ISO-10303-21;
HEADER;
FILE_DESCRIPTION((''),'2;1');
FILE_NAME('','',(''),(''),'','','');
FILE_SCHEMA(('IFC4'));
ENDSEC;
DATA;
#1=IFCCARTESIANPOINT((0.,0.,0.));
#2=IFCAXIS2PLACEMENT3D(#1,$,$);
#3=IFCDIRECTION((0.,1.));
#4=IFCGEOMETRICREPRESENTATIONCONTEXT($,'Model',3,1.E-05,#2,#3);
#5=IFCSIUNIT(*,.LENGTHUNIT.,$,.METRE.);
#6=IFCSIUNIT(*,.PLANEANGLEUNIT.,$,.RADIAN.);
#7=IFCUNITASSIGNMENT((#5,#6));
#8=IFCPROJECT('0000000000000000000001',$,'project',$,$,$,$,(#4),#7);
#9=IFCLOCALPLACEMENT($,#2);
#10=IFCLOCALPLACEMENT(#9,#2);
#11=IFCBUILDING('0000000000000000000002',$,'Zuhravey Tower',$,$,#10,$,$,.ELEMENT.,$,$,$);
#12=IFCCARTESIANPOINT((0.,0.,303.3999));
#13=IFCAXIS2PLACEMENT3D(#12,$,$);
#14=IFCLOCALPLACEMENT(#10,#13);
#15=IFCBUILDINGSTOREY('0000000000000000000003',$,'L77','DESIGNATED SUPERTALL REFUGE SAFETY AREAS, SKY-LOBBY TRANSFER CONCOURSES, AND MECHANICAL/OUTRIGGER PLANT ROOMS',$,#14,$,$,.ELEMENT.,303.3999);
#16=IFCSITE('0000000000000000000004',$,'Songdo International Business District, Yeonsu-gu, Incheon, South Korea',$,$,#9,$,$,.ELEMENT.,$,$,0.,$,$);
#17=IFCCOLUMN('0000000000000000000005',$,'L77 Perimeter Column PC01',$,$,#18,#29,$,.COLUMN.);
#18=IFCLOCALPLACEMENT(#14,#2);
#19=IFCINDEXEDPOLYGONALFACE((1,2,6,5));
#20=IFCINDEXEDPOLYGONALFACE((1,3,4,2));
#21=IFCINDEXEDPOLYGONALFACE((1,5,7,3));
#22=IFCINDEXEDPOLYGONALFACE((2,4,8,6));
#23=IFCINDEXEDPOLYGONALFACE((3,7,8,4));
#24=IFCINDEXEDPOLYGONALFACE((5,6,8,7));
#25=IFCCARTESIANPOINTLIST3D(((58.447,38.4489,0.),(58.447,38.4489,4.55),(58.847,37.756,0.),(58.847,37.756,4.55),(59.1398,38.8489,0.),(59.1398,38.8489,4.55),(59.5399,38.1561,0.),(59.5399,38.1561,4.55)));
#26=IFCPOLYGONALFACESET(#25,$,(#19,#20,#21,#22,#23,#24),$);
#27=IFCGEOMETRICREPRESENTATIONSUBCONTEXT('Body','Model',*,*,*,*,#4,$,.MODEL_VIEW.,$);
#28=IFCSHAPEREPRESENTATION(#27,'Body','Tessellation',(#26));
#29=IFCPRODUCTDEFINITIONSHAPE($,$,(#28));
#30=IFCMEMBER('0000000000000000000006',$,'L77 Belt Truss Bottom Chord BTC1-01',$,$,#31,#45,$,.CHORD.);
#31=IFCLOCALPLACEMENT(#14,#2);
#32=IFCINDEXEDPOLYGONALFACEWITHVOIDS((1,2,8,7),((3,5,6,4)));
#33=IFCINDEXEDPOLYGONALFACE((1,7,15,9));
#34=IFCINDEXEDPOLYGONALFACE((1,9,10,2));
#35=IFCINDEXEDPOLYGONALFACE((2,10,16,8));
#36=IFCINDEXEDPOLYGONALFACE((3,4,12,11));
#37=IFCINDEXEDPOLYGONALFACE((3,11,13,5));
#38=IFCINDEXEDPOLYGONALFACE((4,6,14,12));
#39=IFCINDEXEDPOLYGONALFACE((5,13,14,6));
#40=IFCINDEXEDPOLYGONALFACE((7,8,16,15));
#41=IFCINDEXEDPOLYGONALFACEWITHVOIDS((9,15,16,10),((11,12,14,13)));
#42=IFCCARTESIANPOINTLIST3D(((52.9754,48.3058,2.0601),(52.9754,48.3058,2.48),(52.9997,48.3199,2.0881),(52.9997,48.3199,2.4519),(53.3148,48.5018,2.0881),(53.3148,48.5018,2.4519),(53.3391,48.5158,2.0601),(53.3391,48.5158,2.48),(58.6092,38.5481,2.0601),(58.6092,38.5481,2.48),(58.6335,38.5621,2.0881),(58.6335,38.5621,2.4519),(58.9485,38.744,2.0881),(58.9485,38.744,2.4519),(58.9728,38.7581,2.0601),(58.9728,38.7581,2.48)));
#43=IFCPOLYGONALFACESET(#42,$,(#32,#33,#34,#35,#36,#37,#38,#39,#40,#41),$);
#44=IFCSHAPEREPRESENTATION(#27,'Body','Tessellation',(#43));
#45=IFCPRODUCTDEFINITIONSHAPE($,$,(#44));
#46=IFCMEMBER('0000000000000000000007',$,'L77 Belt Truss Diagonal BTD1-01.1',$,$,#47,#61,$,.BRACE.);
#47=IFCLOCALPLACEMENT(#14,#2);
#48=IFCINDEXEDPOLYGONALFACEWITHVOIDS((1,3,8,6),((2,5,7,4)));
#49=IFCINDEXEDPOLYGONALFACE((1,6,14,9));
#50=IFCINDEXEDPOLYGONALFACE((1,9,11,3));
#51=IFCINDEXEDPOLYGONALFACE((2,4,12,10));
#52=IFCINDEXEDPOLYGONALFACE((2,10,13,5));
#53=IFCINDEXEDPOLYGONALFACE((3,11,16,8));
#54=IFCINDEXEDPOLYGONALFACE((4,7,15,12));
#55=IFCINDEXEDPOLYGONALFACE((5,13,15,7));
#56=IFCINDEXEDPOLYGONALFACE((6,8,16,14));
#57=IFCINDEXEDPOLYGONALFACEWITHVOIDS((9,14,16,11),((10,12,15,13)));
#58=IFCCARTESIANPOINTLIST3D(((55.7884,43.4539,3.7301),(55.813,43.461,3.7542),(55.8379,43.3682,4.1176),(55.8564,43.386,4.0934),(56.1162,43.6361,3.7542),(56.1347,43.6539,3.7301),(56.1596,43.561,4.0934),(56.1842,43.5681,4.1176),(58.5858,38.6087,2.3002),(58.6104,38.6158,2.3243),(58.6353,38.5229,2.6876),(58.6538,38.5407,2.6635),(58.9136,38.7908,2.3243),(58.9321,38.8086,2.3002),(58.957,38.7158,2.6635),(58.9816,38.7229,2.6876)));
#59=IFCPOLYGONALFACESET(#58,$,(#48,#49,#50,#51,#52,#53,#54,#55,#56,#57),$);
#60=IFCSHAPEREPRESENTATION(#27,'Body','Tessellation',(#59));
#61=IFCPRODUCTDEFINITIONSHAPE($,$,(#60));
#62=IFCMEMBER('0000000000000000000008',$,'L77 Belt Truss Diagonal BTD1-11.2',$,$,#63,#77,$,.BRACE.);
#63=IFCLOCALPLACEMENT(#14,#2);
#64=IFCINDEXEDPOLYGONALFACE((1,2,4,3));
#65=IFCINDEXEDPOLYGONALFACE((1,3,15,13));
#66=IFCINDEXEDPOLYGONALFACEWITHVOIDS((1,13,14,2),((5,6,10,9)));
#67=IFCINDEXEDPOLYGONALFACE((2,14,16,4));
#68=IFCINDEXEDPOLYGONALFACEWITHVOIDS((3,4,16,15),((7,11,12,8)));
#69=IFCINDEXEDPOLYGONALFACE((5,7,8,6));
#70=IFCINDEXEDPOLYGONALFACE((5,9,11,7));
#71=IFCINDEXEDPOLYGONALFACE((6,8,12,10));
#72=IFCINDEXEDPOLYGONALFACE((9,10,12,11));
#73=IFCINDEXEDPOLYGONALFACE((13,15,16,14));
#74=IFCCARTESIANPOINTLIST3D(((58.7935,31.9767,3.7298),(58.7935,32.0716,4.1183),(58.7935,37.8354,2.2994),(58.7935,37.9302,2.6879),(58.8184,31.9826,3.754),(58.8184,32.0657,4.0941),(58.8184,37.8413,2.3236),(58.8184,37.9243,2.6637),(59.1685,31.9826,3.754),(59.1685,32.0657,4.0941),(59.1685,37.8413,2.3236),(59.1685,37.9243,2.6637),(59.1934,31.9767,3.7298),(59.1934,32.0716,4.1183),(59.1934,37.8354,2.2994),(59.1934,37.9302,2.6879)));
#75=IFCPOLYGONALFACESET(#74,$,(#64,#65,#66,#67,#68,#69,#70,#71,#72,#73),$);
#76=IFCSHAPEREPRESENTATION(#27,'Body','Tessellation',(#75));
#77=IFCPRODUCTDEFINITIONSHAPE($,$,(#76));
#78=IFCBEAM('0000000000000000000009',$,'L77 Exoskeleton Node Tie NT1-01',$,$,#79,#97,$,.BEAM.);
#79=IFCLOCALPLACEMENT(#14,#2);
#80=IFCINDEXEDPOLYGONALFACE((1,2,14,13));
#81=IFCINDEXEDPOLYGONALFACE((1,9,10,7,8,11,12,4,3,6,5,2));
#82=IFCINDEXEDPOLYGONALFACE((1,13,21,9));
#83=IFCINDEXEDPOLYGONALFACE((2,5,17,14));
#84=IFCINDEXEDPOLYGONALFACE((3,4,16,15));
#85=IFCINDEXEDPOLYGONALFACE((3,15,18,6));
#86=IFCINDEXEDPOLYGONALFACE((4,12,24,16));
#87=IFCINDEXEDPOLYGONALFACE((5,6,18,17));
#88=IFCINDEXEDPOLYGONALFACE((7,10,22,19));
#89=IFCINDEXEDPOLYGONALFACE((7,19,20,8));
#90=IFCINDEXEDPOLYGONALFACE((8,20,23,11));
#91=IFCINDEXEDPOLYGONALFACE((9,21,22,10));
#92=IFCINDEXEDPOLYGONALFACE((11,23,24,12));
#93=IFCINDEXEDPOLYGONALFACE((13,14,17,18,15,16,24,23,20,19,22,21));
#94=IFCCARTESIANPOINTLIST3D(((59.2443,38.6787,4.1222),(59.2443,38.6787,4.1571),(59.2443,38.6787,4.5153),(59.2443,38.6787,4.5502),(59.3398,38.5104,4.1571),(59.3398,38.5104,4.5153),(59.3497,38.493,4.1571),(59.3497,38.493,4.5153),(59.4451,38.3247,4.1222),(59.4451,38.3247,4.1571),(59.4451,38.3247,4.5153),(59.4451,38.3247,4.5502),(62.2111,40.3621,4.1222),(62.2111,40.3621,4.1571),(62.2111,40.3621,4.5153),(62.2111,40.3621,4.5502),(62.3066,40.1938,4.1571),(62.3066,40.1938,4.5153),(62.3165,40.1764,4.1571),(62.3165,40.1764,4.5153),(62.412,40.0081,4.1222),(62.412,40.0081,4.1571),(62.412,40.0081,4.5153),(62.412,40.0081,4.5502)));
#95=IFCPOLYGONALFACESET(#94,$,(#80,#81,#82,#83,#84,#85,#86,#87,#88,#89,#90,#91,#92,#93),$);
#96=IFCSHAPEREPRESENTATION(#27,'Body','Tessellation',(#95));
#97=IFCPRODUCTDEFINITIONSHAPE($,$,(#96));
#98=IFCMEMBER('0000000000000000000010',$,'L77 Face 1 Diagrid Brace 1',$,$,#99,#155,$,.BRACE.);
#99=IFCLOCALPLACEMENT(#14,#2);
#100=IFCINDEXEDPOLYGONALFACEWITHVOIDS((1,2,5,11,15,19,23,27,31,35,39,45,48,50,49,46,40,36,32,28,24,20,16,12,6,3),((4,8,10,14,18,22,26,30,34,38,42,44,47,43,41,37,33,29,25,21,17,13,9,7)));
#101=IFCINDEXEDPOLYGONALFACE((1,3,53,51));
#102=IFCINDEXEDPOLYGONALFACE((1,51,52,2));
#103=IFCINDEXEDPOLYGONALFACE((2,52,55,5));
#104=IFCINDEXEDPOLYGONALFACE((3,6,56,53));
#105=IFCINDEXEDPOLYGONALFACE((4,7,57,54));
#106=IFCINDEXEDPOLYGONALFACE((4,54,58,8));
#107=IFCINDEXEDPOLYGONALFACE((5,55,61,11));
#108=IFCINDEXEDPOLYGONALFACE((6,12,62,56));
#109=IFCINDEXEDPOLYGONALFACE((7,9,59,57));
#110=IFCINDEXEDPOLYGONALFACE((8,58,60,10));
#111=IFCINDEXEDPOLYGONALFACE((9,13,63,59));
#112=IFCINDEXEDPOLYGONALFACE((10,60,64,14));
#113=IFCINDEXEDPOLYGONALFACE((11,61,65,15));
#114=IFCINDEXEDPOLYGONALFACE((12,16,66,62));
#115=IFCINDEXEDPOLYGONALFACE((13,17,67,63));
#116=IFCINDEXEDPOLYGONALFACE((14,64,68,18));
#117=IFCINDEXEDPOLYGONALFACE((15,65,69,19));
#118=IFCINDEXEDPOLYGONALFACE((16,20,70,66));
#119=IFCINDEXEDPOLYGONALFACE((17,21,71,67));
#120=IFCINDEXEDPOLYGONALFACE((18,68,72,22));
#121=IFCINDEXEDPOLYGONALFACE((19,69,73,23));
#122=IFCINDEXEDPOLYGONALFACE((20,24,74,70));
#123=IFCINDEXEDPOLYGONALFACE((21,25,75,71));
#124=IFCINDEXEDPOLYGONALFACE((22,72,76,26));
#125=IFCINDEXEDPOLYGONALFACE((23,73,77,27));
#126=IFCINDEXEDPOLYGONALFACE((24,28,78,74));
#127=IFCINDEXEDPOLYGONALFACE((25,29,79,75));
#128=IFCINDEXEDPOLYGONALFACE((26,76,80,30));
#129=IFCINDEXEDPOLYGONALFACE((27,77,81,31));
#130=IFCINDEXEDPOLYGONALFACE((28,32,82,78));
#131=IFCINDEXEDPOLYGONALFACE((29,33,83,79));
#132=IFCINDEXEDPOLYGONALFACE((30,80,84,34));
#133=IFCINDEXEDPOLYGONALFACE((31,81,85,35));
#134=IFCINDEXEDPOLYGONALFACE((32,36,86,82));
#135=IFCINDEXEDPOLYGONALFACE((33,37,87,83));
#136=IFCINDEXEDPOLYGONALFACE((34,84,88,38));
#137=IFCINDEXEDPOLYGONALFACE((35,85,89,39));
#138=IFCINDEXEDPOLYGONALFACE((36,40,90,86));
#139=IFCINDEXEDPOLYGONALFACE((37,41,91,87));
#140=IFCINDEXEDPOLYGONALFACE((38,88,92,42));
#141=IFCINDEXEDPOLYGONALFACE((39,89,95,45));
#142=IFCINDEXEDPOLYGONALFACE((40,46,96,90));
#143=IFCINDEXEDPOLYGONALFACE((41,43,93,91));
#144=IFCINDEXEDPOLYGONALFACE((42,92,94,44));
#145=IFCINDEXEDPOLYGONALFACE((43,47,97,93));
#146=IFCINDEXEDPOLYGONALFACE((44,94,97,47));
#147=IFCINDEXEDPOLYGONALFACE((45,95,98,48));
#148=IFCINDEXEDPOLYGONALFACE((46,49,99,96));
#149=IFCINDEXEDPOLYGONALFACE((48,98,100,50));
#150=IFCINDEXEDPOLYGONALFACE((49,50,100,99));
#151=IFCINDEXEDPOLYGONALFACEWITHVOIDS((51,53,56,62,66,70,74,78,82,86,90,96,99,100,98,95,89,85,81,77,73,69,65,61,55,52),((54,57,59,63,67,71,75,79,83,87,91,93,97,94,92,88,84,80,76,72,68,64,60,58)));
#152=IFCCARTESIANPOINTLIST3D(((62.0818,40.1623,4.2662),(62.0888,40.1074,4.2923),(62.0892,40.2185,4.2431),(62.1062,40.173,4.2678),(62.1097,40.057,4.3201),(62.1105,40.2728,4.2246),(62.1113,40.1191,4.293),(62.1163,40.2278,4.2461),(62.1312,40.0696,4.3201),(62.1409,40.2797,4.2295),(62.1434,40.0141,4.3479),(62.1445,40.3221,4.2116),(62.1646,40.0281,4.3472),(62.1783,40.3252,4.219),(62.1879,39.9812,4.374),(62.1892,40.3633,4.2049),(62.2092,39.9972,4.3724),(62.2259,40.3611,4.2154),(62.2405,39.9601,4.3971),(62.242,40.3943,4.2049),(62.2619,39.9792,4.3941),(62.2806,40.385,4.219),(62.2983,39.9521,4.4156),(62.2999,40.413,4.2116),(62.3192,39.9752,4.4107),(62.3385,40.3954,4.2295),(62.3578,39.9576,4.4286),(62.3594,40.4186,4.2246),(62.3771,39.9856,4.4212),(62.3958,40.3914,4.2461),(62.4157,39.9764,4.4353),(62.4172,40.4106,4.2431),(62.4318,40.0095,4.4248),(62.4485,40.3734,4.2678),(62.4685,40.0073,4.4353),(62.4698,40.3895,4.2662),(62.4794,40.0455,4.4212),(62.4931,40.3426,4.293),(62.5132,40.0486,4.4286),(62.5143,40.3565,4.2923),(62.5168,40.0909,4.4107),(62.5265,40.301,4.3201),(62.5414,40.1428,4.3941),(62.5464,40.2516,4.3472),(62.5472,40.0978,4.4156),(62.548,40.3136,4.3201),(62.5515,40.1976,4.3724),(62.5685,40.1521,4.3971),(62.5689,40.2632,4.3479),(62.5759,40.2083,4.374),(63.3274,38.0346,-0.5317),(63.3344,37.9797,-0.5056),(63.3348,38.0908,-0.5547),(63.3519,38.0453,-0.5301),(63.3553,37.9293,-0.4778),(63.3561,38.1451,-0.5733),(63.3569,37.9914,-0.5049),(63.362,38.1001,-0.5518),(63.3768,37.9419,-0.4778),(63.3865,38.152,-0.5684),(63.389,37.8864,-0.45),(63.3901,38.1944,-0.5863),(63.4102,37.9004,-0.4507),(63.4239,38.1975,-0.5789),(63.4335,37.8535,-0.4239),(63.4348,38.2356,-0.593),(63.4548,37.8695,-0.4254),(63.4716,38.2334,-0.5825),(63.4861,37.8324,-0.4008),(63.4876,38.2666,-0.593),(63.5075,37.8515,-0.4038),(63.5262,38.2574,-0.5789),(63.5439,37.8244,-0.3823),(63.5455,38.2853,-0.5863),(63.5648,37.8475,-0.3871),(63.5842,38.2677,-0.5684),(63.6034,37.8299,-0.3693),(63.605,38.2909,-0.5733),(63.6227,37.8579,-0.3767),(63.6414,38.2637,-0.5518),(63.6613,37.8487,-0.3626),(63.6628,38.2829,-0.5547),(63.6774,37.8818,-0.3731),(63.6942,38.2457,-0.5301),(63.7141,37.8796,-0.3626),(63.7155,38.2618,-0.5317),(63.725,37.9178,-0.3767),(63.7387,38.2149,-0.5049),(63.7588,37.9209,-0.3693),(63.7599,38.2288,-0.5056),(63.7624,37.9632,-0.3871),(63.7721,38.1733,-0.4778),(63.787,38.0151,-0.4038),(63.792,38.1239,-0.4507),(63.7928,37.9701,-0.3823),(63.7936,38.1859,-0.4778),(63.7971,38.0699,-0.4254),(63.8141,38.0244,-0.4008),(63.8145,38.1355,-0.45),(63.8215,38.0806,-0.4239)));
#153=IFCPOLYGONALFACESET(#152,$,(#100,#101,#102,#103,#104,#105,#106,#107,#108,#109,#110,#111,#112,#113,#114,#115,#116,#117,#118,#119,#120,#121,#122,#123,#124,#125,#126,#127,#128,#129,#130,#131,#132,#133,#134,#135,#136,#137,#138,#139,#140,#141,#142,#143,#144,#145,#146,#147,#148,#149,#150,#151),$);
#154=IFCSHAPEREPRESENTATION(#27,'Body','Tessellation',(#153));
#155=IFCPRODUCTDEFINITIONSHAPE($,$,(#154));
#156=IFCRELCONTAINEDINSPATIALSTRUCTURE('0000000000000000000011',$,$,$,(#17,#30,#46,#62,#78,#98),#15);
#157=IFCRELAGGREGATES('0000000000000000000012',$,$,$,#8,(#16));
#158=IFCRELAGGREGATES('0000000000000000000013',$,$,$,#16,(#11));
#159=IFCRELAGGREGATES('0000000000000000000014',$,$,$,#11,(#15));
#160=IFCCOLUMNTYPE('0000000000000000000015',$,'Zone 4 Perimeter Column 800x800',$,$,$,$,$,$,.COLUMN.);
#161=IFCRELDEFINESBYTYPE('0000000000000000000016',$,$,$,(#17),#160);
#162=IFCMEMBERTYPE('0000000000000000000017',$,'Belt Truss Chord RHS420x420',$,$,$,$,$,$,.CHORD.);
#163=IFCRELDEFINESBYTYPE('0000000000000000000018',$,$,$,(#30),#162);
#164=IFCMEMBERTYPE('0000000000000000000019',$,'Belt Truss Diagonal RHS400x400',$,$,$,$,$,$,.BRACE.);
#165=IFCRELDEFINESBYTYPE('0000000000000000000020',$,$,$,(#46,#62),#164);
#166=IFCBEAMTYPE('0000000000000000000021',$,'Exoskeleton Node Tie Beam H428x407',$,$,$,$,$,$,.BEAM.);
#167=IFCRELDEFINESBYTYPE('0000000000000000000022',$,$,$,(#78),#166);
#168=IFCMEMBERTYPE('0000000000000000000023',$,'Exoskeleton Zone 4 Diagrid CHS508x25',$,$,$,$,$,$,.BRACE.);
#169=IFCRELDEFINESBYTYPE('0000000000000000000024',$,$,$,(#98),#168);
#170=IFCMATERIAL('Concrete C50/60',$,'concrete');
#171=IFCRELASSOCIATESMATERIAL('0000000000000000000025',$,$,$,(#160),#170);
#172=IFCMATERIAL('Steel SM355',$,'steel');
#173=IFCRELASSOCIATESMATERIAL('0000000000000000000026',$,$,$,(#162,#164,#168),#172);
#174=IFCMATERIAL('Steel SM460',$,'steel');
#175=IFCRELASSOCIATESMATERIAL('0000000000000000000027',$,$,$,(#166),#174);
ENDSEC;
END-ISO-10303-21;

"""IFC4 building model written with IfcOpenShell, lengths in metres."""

from ifc_helpers import new_model, si_unit, direction, frame, origin, origin_2d, place, context, subcontext, project, spatial, rectangle, hollow_rectangle, hollow_circle, i_section, extrude, material, material_profile, profile_set, type_object, element, save


model = new_model("IFC4")

# Units and contexts
model_context = context("Model", 3, precision=1e-05, world=origin(), true_north=direction((0.0, 1.0)))
body_context = subcontext(model_context, "Body", "Model", "MODEL_VIEW")
ifc_project = project(units=[si_unit("LENGTHUNIT", "METRE"), si_unit("PLANEANGLEUNIT", "RADIAN")], contexts=[model_context])

# Site, building, storey
site_placement = place(None, origin())
site = spatial("IfcSite", under=ifc_project, at=site_placement, Name="Songdo International Business District, Yeonsu-gu, Incheon, South Korea", CompositionType="ELEMENT", RefElevation=0.0)
building_placement = place(site_placement, origin())
building = spatial("IfcBuilding", under=site, at=building_placement, Name="Zuhravey Tower", CompositionType="ELEMENT")
storey_placement = place(building_placement, frame((0.0, 0.0, 303.3999)))
storey = spatial("IfcBuildingStorey", under=building, at=storey_placement, Name="L77", Description="DESIGNATED SUPERTALL REFUGE SAFETY AREAS, SKY-LOBBY TRANSFER CONCOURSES, AND MECHANICAL/OUTRIGGER PLANT ROOMS", CompositionType="ELEMENT", Elevation=303.3999)

# Column
ifc_material_1 = material(Name="Concrete C50/60", Category="concrete")
ifc_material_profile_1 = material_profile(ifc_material_1, rectangle(XDim=0.8, YDim=0.8, at=origin_2d()), Name="RC-800x800")
ifc_profile_set_1 = profile_set([ifc_material_profile_1], Name="Concrete C50/60")
column_type = type_object("IfcColumnType", Name="Zone 4 Perimeter Column 800x800", PredefinedType="COLUMN", material=ifc_profile_set_1)
column_placement = place(storey_placement, frame((58.9934, 38.3025, 0.0), z_axis=(0.0, 0.0, 1.0), x_axis=(-0.5, 0.866025, 0.0)))
element("IfcColumn", 1, at=column_placement, inside=storey, type_object=column_type, Name="L77 Perimeter Column PC01", PredefinedType="COLUMN", context=body_context, shape_type="SweptSolid", body=[
    extrude(rectangle(XDim=0.8, YDim=0.8, at=origin_2d()), origin(), (0.0, 0.0, 1.0), 4.55),
])

# Members
ifc_material_2 = material(Name="Steel SM355", Category="steel")
ifc_material_profile_2 = material_profile(ifc_material_2, hollow_rectangle(XDim=0.4199, YDim=0.4199, WallThickness=0.0281, at=origin_2d()), Name="RHS-420x420x28")
ifc_profile_set_2 = profile_set([ifc_material_profile_2], Name="Steel SM355")
member_type_1 = type_object("IfcMemberType", Name="Belt Truss Chord RHS420x420", PredefinedType="CHORD", material=ifc_profile_set_2)
member_1_placement = place(storey_placement, frame((58.791, 38.6531, 2.27), z_axis=(-0.500008, 0.866021, 0.0), x_axis=(-0.866021, -0.500008, 0.0)))
element("IfcMember", 2, at=member_1_placement, inside=storey, type_object=member_type_1, Name="L77 Belt Truss Bottom Chord BTC1-01", PredefinedType="CHORD", context=body_context, shape_type="SweptSolid", body=[
    extrude(hollow_rectangle(XDim=0.4199, YDim=0.4199, WallThickness=0.0281, at=origin_2d()), origin(), (0.0, 0.0, 1.0), 11.2673),
])
ifc_material_profile_3 = material_profile(ifc_material_2, hollow_rectangle(XDim=0.3999, YDim=0.3999, WallThickness=0.0249, at=origin_2d()), Name="RHS-400x400x25")
ifc_profile_set_3 = profile_set([ifc_material_profile_3], Name="Steel SM355")
member_type_2 = type_object("IfcMemberType", Name="Belt Truss Diagonal RHS400x400", PredefinedType="BRACE", material=ifc_profile_set_3)
member_2_placement = place(storey_placement, frame((58.7837, 38.6658, 2.4939), z_axis=(-0.484425, 0.839056, 0.247624), x_axis=(-0.866027, -0.499997, 0.0)))
element("IfcMember", 3, at=member_2_placement, inside=storey, type_object=member_type_2, Name="L77 Belt Truss Diagonal BTD1-01.1", PredefinedType="BRACE", context=body_context, shape_type="SweptSolid", body=[
    extrude(hollow_rectangle(XDim=0.3999, YDim=0.3999, WallThickness=0.0249, at=origin_2d()), origin(), (0.0, 0.0, 1.0), 5.7747),
])
member_3_placement = place(storey_placement, frame((58.9934, 37.8828, 2.4937), z_axis=(0.0, -0.971464, 0.237188), x_axis=(1.0, 0.0, 0.0)))
element("IfcMember", 4, at=member_3_placement, inside=storey, type_object=member_type_2, Name="L77 Belt Truss Diagonal BTD1-11.2", PredefinedType="BRACE", context=body_context, shape_type="SweptSolid", body=[
    extrude(hollow_rectangle(XDim=0.3999, YDim=0.3999, WallThickness=0.0249, at=origin_2d()), origin(), (0.0, 0.0, 1.0), 6.0308),
])

# Beam
ifc_material_3 = material(Name="Steel SM460", Category="steel")
ifc_material_profile_4 = material_profile(ifc_material_3, i_section(OverallWidth=0.407, OverallDepth=0.428, WebThickness=0.02, FlangeThickness=0.0349, at=origin_2d()), Name="H-428x407x20x35")
ifc_profile_set_4 = profile_set([ifc_material_profile_4], Name="Steel SM460")
beam_type_1 = type_object("IfcBeamType", Name="Exoskeleton Node Tie Beam H428x407", PredefinedType="BEAM", material=ifc_profile_set_4)
beam_1_placement = place(storey_placement, frame((59.3447, 38.5017, 4.3362), z_axis=(0.86975, 0.493493, 0.0), x_axis=(-0.493493, 0.86975, 0.0)))
element("IfcBeam", 5, at=beam_1_placement, inside=storey, type_object=beam_type_1, Name="L77 Exoskeleton Node Tie NT1-01", PredefinedType="BEAM", context=body_context, shape_type="SweptSolid", body=[
    extrude(i_section(OverallWidth=0.407, OverallDepth=0.428, WebThickness=0.02, FlangeThickness=0.0349, at=origin_2d()), origin(), (0.0, 0.0, 1.0), 3.4111),
])

# Member
ifc_material_profile_5 = material_profile(ifc_material_2, hollow_circle(Radius=0.2539, WallThickness=0.0249, at=origin_2d()), Name="CHS-508.0x25")
ifc_profile_set_5 = profile_set([ifc_material_profile_5], Name="Steel SM355")
member_type_3 = type_object("IfcMemberType", Name="Exoskeleton Zone 4 Diagrid CHS508x25", PredefinedType="BRACE", material=ifc_profile_set_5)
member_4_placement = place(storey_placement, frame((63.5745, 38.0576, -0.4778), z_axis=(-0.230913, 0.394436, 0.889438), x_axis=(-0.862991, -0.505219, 0.0)))
element("IfcMember", 6, at=member_4_placement, inside=storey, type_object=member_type_3, Name="L77 Face 1 Diagrid Brace 1", PredefinedType="BRACE", context=body_context, shape_type="SweptSolid", body=[
    extrude(hollow_circle(Radius=0.2539, WallThickness=0.0249, at=origin_2d()), origin(), (0.0, 0.0, 1.0), 5.3943),
])

save(model, "model.ifc")
